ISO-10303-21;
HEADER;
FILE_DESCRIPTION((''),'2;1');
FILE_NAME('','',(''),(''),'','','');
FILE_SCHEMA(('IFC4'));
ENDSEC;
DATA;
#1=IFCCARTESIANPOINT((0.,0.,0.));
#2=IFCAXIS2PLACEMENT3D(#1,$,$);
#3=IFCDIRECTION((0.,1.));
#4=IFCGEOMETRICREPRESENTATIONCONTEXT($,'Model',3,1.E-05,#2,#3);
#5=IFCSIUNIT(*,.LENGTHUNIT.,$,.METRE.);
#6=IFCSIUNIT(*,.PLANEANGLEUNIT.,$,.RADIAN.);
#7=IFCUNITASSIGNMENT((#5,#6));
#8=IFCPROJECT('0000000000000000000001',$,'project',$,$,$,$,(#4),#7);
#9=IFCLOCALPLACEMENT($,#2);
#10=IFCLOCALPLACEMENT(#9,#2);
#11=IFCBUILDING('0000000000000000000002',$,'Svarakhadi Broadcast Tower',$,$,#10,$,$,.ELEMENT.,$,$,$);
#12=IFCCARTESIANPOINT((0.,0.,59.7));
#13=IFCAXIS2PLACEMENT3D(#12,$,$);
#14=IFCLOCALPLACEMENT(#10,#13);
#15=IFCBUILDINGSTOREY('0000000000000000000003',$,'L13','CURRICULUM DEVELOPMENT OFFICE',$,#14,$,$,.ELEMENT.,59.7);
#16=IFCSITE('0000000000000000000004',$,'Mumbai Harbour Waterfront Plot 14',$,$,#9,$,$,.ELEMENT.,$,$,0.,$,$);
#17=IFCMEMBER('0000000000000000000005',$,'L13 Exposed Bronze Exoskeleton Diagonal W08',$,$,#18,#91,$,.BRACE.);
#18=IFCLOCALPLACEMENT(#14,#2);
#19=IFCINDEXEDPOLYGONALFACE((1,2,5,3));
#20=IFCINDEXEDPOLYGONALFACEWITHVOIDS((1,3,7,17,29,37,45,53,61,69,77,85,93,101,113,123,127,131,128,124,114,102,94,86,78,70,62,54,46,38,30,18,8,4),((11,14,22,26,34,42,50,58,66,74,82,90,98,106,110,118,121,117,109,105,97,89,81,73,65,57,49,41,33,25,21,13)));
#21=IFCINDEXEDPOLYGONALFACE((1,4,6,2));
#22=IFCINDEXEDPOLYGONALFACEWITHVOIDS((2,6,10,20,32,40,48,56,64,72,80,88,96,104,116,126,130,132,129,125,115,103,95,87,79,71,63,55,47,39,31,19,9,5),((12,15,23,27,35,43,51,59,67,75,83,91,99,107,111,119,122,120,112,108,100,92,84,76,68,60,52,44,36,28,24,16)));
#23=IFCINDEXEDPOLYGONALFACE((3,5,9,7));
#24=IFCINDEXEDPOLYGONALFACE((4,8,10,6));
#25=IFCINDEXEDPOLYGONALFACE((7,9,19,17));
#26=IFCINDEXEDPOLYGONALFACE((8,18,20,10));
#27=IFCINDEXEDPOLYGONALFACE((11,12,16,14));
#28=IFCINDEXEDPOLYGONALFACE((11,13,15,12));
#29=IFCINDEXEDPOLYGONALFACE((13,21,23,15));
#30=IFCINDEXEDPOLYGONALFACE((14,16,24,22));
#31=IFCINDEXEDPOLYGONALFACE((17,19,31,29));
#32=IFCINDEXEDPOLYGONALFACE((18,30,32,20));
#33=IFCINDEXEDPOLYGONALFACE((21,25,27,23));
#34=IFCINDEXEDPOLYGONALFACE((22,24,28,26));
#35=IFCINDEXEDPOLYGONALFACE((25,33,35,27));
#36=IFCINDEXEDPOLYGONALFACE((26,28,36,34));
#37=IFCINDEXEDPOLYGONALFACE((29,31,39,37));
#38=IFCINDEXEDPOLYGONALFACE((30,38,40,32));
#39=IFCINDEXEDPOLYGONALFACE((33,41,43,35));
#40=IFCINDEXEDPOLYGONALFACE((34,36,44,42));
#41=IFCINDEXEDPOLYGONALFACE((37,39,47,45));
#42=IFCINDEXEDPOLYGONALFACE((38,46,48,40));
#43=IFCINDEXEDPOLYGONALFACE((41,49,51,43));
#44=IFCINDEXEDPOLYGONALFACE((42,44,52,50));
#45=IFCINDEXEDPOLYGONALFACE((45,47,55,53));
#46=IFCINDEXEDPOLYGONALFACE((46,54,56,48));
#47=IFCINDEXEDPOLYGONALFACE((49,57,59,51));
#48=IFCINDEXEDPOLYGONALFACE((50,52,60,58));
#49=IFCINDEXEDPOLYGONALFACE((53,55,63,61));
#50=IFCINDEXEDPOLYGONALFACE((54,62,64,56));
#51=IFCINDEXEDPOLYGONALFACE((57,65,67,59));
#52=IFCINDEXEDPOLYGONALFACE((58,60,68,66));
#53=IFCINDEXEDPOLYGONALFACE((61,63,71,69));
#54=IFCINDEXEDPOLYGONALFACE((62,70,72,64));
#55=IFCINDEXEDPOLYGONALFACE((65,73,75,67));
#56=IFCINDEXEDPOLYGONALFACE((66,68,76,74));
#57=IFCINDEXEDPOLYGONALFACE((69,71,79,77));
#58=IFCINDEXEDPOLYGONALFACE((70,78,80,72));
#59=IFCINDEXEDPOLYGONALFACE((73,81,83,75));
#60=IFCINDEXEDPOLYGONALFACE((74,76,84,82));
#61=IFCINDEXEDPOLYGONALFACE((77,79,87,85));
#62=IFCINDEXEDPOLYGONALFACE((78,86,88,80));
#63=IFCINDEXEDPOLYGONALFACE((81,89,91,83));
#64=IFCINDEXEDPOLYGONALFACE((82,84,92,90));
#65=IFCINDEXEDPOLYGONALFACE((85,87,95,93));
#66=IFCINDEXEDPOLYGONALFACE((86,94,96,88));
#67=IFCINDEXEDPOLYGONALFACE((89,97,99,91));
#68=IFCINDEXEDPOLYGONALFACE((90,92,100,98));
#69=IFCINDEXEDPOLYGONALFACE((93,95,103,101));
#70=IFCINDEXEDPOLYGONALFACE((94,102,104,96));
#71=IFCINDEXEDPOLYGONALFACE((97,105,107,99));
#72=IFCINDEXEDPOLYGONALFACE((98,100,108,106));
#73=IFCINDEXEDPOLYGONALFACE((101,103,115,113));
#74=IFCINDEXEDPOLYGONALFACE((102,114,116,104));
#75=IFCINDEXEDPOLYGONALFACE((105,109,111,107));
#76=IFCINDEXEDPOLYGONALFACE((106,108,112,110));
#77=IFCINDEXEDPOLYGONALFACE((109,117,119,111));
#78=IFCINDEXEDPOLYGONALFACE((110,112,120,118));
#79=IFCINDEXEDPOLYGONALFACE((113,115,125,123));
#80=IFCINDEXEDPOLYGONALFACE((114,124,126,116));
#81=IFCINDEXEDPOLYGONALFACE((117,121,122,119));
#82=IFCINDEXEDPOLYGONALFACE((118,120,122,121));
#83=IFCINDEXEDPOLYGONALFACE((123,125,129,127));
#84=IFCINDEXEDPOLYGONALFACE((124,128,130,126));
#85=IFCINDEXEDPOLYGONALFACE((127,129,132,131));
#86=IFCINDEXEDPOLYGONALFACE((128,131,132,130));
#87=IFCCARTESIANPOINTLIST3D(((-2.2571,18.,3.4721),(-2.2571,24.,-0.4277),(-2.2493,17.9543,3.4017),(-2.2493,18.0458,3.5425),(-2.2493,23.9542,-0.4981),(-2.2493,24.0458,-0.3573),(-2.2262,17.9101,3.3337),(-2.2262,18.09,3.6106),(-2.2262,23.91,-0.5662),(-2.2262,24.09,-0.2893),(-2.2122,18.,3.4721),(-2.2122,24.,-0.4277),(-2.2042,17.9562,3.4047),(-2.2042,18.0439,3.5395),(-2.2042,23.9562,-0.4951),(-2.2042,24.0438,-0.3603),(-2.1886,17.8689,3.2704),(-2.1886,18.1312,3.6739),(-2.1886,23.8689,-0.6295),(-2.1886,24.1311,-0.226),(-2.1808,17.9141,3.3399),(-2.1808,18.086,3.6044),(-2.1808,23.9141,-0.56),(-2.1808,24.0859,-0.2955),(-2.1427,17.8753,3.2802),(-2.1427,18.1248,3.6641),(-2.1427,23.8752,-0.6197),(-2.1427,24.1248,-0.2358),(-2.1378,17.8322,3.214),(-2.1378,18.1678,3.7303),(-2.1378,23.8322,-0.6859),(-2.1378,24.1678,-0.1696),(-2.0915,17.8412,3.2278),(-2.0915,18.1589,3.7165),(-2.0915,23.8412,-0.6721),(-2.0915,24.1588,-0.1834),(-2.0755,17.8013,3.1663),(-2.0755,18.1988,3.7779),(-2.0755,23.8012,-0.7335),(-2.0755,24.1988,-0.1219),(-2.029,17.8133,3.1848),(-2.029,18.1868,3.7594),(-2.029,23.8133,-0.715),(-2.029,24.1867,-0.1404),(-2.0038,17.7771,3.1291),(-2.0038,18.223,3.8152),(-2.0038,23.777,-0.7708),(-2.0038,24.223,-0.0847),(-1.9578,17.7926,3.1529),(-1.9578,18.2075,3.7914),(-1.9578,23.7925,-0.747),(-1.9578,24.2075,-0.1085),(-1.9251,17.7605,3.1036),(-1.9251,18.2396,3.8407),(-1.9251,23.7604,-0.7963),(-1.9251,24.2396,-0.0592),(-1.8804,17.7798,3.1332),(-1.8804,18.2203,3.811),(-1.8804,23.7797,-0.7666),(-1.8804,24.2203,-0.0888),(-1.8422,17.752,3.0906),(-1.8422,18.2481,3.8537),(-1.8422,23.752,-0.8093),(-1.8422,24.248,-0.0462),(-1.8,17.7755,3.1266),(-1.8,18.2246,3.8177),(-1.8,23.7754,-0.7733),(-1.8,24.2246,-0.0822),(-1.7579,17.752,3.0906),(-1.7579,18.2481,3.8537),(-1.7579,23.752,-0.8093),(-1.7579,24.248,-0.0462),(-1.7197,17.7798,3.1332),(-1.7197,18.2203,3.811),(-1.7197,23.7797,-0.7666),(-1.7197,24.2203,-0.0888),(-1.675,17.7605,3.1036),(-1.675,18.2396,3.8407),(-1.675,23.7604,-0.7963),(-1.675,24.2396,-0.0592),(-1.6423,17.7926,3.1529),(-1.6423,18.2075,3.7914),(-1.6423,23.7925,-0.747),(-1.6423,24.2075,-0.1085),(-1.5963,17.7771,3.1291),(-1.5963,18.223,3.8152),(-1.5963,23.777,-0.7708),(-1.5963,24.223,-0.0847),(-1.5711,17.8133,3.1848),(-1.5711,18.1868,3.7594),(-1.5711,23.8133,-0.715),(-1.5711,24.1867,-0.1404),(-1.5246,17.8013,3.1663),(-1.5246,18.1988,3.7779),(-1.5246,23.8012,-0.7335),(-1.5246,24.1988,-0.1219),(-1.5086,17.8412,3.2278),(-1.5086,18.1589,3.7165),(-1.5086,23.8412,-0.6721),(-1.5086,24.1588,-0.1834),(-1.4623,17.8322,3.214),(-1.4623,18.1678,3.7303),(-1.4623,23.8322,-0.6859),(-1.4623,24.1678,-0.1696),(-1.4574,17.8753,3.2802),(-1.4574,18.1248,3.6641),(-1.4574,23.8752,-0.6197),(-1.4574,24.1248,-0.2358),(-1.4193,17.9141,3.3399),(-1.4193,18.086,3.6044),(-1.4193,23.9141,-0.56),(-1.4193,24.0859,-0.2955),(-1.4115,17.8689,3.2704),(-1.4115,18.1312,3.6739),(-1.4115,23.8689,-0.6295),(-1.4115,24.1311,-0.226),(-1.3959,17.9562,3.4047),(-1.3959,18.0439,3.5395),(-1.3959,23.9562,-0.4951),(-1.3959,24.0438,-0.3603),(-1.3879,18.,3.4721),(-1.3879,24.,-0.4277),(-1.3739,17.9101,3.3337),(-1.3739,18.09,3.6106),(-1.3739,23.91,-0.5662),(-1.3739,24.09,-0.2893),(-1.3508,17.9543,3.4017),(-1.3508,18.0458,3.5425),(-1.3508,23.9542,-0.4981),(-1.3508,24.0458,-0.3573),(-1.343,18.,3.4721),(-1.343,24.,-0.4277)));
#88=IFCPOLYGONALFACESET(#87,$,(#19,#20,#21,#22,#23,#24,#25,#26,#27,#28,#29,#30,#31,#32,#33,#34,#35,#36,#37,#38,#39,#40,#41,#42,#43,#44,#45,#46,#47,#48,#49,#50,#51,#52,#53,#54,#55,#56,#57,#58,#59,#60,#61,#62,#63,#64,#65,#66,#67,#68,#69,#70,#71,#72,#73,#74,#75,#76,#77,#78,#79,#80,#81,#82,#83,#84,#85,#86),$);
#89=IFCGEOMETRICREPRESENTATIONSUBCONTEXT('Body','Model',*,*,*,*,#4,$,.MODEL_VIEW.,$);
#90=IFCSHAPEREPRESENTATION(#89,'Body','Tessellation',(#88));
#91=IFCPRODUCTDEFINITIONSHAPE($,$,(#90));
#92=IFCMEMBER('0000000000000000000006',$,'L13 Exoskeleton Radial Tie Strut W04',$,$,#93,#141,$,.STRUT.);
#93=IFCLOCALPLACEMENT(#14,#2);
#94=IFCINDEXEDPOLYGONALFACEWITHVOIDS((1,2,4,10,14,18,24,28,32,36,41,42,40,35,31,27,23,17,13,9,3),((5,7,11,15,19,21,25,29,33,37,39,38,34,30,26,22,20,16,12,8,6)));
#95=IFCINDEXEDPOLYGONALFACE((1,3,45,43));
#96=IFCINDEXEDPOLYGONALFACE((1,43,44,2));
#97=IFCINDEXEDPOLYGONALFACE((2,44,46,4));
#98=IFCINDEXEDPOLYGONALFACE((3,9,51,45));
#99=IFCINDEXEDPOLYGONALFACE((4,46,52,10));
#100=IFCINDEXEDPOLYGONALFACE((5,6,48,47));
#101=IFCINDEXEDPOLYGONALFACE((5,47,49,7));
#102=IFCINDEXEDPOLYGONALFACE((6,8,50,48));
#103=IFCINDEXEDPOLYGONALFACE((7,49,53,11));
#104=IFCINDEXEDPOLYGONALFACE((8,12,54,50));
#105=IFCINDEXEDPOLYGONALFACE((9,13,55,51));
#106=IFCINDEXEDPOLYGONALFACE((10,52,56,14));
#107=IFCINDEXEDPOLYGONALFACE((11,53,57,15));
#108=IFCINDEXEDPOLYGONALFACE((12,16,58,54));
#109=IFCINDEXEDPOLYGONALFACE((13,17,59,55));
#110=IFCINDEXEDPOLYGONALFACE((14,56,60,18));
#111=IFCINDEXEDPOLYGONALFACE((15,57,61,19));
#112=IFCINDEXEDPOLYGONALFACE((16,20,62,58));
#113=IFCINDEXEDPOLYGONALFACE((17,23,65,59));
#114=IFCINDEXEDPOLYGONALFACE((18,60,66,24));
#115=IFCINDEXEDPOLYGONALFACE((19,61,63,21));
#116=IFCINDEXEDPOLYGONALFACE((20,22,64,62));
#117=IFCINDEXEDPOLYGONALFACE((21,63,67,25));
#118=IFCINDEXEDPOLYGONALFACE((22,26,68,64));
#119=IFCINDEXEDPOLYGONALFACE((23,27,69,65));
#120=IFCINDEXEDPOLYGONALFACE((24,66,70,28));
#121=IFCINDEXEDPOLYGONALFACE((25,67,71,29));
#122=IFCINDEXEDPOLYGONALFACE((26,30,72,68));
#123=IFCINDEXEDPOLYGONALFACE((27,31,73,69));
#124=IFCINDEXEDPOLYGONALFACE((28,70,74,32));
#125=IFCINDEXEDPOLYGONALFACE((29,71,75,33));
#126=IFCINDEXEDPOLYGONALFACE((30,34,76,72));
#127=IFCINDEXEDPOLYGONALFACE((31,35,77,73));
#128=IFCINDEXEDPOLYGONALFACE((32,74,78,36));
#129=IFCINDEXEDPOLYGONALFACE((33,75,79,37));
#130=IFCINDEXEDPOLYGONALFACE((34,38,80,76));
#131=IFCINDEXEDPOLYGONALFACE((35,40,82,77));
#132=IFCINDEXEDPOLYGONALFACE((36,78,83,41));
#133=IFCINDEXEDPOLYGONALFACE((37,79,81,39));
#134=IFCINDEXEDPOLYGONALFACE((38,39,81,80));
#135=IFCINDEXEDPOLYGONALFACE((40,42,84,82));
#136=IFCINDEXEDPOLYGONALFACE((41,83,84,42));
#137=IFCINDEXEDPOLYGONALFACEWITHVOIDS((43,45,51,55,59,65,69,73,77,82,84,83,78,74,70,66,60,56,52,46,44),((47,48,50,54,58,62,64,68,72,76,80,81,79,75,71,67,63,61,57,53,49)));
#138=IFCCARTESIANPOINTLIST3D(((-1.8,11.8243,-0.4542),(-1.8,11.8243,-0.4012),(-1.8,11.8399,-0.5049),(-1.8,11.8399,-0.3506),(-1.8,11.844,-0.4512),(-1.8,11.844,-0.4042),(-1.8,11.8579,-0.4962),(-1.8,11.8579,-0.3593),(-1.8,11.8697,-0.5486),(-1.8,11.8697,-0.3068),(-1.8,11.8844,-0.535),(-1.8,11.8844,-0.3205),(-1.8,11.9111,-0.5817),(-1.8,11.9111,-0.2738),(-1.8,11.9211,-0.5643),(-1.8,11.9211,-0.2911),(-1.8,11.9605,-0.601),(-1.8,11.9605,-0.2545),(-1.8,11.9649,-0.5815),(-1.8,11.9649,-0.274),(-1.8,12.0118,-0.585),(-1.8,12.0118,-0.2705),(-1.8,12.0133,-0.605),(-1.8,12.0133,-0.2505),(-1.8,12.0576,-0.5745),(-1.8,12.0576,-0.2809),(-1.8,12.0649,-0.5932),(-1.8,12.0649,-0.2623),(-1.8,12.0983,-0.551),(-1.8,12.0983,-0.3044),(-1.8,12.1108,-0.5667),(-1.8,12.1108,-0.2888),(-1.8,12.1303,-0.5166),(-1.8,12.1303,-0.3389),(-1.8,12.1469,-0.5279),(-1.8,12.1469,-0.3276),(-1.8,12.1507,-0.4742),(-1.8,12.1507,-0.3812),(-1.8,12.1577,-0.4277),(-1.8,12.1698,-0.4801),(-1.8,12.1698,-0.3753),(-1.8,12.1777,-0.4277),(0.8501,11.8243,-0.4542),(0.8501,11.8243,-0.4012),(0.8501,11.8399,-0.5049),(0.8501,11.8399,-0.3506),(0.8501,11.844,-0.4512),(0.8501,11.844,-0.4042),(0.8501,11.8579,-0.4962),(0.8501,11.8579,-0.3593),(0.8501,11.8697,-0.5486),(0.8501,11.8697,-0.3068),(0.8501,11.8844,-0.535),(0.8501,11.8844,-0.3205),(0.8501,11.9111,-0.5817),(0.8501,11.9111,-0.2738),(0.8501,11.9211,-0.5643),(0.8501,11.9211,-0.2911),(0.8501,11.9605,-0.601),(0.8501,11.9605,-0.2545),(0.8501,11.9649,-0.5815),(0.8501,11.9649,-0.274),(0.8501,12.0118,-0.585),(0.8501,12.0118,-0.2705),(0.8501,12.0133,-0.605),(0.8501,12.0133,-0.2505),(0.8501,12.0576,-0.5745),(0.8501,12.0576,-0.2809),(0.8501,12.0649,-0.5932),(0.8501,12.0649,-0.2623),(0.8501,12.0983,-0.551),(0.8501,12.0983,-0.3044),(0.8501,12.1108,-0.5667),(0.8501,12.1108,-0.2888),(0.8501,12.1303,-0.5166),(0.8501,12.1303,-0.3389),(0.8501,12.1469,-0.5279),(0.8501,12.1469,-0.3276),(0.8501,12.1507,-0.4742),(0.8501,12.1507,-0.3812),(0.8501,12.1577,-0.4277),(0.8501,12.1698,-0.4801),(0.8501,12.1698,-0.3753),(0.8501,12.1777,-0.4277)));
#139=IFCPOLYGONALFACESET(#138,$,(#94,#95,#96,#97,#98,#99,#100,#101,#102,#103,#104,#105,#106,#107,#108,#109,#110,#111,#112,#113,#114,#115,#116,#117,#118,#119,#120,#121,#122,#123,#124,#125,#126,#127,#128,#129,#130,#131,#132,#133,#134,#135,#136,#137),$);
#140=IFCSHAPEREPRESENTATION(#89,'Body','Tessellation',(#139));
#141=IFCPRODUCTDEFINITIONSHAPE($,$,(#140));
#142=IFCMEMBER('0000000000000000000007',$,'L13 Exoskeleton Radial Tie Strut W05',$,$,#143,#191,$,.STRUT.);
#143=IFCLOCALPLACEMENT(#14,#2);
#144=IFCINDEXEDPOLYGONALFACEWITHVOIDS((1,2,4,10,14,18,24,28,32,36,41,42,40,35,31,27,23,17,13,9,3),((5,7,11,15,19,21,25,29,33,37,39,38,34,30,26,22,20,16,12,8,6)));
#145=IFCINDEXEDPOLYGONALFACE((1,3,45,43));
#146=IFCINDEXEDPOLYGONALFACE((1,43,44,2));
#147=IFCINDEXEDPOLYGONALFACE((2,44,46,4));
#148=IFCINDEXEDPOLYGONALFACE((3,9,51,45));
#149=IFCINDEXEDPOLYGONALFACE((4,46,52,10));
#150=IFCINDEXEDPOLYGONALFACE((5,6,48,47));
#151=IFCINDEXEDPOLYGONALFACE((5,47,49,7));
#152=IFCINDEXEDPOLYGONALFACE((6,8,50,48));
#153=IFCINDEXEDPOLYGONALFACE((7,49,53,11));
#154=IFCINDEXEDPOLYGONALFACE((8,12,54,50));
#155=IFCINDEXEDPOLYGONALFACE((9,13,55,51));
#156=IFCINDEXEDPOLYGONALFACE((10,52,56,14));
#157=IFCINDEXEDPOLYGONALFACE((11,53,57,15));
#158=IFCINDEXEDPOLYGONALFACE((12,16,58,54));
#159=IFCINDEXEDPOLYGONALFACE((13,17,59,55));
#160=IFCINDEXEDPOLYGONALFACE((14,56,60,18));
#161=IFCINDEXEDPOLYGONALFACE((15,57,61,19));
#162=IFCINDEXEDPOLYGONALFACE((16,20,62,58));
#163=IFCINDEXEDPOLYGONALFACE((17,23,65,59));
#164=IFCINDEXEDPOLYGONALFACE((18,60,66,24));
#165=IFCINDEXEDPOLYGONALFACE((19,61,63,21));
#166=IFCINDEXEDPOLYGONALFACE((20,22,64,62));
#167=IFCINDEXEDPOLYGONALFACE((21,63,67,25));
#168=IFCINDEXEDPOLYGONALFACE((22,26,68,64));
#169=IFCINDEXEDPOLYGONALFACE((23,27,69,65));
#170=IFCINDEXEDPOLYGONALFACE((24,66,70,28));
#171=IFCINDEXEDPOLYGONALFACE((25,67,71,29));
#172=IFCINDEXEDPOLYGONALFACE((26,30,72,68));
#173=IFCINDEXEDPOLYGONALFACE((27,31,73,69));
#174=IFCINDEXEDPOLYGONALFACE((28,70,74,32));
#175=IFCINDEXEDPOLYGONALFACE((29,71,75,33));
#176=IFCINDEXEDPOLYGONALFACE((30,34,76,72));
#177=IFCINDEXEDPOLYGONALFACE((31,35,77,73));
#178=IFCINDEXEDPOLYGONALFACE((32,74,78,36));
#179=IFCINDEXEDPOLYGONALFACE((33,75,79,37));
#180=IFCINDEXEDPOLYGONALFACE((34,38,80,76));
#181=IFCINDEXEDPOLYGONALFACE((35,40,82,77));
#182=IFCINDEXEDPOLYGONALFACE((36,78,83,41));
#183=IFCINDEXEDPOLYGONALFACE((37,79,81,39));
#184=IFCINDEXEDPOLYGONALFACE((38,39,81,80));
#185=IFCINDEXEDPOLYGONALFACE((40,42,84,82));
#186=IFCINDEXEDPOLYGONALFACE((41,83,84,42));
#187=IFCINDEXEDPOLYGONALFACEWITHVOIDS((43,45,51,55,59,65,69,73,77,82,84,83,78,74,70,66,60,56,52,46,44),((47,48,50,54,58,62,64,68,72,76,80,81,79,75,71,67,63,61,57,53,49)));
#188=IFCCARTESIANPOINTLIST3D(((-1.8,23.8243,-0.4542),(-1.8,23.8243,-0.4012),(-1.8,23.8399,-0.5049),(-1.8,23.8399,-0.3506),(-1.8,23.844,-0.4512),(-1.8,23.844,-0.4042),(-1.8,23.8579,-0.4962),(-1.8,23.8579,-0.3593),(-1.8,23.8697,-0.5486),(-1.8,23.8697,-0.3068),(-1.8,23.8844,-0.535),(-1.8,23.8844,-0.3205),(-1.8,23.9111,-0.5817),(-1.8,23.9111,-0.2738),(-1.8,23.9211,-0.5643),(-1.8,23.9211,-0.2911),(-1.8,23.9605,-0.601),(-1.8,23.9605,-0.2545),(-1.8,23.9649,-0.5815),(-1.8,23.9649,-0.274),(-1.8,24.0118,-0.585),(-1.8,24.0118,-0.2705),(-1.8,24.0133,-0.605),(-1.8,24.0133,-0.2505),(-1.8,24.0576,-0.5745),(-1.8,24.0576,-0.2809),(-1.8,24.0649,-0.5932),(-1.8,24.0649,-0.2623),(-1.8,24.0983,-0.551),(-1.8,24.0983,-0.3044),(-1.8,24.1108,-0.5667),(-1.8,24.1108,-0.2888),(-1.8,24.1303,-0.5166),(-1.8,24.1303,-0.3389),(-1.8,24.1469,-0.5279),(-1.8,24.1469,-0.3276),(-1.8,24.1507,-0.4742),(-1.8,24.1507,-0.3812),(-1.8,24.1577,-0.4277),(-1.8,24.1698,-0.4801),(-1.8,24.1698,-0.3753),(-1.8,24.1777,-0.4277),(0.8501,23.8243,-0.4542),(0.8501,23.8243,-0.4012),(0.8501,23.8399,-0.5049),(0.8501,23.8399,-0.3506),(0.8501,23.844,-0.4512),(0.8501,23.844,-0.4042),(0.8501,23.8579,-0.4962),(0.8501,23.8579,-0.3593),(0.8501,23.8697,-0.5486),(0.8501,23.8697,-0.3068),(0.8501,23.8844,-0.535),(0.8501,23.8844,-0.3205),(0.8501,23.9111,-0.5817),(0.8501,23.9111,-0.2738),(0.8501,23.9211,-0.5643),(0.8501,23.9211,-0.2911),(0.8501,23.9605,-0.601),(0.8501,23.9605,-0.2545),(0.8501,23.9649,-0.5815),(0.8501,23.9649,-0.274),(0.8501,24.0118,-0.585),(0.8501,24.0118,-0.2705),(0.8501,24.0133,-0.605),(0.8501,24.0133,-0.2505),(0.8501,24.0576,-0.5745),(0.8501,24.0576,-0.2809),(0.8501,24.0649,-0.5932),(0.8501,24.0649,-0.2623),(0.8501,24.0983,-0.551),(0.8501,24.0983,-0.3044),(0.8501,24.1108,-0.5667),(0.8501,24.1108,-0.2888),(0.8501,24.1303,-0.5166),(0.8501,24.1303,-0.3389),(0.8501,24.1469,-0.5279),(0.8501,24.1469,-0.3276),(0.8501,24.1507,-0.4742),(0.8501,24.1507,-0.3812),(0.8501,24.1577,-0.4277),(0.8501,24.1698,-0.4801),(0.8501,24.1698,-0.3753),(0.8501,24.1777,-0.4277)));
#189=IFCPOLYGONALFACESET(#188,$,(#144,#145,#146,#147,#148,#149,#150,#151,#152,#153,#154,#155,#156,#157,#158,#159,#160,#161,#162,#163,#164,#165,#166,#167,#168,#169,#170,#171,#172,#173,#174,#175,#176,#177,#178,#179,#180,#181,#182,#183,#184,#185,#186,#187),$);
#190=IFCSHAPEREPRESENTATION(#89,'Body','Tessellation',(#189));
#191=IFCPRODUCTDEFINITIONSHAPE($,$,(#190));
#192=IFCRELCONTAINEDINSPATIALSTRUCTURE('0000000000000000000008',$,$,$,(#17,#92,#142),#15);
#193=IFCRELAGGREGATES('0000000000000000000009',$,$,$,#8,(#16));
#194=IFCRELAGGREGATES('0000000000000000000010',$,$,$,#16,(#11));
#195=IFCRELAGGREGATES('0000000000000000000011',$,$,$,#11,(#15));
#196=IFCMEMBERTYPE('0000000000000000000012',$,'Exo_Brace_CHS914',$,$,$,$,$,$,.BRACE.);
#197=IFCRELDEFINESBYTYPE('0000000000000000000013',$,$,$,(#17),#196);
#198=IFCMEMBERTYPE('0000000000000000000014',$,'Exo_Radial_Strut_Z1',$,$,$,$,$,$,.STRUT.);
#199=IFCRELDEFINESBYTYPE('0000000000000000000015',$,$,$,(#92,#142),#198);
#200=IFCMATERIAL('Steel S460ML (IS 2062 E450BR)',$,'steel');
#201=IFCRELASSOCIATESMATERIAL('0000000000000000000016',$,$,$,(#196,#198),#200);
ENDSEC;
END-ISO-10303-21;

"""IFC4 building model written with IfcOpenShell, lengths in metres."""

from ifc_helpers import new_model, si_unit, direction, frame, origin, origin_2d, place, context, subcontext, project, spatial, hollow_circle, extrude, material, material_profile, profile_set, type_object, element, save


model = new_model("IFC4")

# Units and contexts
model_context = context("Model", 3, precision=1e-05, world=origin(), true_north=direction((0.0, 1.0)))
body_context = subcontext(model_context, "Body", "Model", "MODEL_VIEW")
ifc_project = project(units=[si_unit("LENGTHUNIT", "METRE"), si_unit("PLANEANGLEUNIT", "RADIAN")], contexts=[model_context])

# Site, building, storey
site_placement = place(None, origin())
site = spatial("IfcSite", under=ifc_project, at=site_placement, Name="Mumbai Harbour Waterfront Plot 14", CompositionType="ELEMENT", RefElevation=0.0)
building_placement = place(site_placement, origin())
building = spatial("IfcBuilding", under=site, at=building_placement, Name="Svarakhadi Broadcast Tower", CompositionType="ELEMENT")
storey_placement = place(building_placement, frame((0.0, 0.0, 59.7)))
storey = spatial("IfcBuildingStorey", under=building, at=storey_placement, Name="L13", Description="CURRICULUM DEVELOPMENT OFFICE", CompositionType="ELEMENT", Elevation=59.7)

# Shared definitions
ifc_material_1 = material(Name="Steel S460ML (IS 2062 E450BR)", Category="steel")

# Members
ifc_material_profile_1 = material_profile(ifc_material_1, hollow_circle(Radius=0.457, WallThickness=0.0449, at=origin_2d()), Name="CHS 914x45")
ifc_profile_set_1 = profile_set([ifc_material_profile_1], Name="Steel S460ML (IS 2062 E450BR)")
member_type_1 = type_object("IfcMemberType", Name="Exo_Brace_CHS914", PredefinedType="BRACE", material=ifc_profile_set_1)
for number, where, z_axis, x_axis, name in (
    (1, (-1.8, 24.0, -0.4277), (0.0, -0.83845, 0.544979), (1.0, 0.0, 0.0), "L13 Exposed Bronze Exoskeleton Diagonal W08"),
):
    element("IfcMember", number, at=place(storey_placement, frame(where, z_axis=z_axis, x_axis=x_axis)), inside=storey, type_object=member_type_1, Name=name, PredefinedType="BRACE", context=body_context, shape_type="SweptSolid", body=[
        extrude(hollow_circle(Radius=0.457, WallThickness=0.0449, at=origin_2d()), origin(), (0.0, 0.0, 1.0), 7.156),
    ])
ifc_material_profile_2 = material_profile(ifc_material_1, hollow_circle(Radius=0.1777, WallThickness=0.02, at=origin_2d()), Name="CHS 355.6x20")
ifc_profile_set_2 = profile_set([ifc_material_profile_2], Name="Steel S460ML (IS 2062 E450BR)")
member_type_2 = type_object("IfcMemberType", Name="Exo_Radial_Strut_Z1", PredefinedType="STRUT", material=ifc_profile_set_2)
for number, where, z_axis, x_axis, name in (
    (2, (-1.8, 12.0, -0.4277), (1.0, 0.0, 0.0), (0.0, 1.0, 0.0), "L13 Exoskeleton Radial Tie Strut W04"),
    (3, (-1.8, 24.0, -0.4277), (1.0, 0.0, 0.0), (0.0, 1.0, 0.0), "L13 Exoskeleton Radial Tie Strut W05"),
):
    element("IfcMember", number, at=place(storey_placement, frame(where, z_axis=z_axis, x_axis=x_axis)), inside=storey, type_object=member_type_2, Name=name, PredefinedType="STRUT", context=body_context, shape_type="SweptSolid", body=[
        extrude(hollow_circle(Radius=0.1777, WallThickness=0.02, at=origin_2d()), origin(), (0.0, 0.0, 1.0), 2.6501),
    ])

save(model, "model.ifc")
